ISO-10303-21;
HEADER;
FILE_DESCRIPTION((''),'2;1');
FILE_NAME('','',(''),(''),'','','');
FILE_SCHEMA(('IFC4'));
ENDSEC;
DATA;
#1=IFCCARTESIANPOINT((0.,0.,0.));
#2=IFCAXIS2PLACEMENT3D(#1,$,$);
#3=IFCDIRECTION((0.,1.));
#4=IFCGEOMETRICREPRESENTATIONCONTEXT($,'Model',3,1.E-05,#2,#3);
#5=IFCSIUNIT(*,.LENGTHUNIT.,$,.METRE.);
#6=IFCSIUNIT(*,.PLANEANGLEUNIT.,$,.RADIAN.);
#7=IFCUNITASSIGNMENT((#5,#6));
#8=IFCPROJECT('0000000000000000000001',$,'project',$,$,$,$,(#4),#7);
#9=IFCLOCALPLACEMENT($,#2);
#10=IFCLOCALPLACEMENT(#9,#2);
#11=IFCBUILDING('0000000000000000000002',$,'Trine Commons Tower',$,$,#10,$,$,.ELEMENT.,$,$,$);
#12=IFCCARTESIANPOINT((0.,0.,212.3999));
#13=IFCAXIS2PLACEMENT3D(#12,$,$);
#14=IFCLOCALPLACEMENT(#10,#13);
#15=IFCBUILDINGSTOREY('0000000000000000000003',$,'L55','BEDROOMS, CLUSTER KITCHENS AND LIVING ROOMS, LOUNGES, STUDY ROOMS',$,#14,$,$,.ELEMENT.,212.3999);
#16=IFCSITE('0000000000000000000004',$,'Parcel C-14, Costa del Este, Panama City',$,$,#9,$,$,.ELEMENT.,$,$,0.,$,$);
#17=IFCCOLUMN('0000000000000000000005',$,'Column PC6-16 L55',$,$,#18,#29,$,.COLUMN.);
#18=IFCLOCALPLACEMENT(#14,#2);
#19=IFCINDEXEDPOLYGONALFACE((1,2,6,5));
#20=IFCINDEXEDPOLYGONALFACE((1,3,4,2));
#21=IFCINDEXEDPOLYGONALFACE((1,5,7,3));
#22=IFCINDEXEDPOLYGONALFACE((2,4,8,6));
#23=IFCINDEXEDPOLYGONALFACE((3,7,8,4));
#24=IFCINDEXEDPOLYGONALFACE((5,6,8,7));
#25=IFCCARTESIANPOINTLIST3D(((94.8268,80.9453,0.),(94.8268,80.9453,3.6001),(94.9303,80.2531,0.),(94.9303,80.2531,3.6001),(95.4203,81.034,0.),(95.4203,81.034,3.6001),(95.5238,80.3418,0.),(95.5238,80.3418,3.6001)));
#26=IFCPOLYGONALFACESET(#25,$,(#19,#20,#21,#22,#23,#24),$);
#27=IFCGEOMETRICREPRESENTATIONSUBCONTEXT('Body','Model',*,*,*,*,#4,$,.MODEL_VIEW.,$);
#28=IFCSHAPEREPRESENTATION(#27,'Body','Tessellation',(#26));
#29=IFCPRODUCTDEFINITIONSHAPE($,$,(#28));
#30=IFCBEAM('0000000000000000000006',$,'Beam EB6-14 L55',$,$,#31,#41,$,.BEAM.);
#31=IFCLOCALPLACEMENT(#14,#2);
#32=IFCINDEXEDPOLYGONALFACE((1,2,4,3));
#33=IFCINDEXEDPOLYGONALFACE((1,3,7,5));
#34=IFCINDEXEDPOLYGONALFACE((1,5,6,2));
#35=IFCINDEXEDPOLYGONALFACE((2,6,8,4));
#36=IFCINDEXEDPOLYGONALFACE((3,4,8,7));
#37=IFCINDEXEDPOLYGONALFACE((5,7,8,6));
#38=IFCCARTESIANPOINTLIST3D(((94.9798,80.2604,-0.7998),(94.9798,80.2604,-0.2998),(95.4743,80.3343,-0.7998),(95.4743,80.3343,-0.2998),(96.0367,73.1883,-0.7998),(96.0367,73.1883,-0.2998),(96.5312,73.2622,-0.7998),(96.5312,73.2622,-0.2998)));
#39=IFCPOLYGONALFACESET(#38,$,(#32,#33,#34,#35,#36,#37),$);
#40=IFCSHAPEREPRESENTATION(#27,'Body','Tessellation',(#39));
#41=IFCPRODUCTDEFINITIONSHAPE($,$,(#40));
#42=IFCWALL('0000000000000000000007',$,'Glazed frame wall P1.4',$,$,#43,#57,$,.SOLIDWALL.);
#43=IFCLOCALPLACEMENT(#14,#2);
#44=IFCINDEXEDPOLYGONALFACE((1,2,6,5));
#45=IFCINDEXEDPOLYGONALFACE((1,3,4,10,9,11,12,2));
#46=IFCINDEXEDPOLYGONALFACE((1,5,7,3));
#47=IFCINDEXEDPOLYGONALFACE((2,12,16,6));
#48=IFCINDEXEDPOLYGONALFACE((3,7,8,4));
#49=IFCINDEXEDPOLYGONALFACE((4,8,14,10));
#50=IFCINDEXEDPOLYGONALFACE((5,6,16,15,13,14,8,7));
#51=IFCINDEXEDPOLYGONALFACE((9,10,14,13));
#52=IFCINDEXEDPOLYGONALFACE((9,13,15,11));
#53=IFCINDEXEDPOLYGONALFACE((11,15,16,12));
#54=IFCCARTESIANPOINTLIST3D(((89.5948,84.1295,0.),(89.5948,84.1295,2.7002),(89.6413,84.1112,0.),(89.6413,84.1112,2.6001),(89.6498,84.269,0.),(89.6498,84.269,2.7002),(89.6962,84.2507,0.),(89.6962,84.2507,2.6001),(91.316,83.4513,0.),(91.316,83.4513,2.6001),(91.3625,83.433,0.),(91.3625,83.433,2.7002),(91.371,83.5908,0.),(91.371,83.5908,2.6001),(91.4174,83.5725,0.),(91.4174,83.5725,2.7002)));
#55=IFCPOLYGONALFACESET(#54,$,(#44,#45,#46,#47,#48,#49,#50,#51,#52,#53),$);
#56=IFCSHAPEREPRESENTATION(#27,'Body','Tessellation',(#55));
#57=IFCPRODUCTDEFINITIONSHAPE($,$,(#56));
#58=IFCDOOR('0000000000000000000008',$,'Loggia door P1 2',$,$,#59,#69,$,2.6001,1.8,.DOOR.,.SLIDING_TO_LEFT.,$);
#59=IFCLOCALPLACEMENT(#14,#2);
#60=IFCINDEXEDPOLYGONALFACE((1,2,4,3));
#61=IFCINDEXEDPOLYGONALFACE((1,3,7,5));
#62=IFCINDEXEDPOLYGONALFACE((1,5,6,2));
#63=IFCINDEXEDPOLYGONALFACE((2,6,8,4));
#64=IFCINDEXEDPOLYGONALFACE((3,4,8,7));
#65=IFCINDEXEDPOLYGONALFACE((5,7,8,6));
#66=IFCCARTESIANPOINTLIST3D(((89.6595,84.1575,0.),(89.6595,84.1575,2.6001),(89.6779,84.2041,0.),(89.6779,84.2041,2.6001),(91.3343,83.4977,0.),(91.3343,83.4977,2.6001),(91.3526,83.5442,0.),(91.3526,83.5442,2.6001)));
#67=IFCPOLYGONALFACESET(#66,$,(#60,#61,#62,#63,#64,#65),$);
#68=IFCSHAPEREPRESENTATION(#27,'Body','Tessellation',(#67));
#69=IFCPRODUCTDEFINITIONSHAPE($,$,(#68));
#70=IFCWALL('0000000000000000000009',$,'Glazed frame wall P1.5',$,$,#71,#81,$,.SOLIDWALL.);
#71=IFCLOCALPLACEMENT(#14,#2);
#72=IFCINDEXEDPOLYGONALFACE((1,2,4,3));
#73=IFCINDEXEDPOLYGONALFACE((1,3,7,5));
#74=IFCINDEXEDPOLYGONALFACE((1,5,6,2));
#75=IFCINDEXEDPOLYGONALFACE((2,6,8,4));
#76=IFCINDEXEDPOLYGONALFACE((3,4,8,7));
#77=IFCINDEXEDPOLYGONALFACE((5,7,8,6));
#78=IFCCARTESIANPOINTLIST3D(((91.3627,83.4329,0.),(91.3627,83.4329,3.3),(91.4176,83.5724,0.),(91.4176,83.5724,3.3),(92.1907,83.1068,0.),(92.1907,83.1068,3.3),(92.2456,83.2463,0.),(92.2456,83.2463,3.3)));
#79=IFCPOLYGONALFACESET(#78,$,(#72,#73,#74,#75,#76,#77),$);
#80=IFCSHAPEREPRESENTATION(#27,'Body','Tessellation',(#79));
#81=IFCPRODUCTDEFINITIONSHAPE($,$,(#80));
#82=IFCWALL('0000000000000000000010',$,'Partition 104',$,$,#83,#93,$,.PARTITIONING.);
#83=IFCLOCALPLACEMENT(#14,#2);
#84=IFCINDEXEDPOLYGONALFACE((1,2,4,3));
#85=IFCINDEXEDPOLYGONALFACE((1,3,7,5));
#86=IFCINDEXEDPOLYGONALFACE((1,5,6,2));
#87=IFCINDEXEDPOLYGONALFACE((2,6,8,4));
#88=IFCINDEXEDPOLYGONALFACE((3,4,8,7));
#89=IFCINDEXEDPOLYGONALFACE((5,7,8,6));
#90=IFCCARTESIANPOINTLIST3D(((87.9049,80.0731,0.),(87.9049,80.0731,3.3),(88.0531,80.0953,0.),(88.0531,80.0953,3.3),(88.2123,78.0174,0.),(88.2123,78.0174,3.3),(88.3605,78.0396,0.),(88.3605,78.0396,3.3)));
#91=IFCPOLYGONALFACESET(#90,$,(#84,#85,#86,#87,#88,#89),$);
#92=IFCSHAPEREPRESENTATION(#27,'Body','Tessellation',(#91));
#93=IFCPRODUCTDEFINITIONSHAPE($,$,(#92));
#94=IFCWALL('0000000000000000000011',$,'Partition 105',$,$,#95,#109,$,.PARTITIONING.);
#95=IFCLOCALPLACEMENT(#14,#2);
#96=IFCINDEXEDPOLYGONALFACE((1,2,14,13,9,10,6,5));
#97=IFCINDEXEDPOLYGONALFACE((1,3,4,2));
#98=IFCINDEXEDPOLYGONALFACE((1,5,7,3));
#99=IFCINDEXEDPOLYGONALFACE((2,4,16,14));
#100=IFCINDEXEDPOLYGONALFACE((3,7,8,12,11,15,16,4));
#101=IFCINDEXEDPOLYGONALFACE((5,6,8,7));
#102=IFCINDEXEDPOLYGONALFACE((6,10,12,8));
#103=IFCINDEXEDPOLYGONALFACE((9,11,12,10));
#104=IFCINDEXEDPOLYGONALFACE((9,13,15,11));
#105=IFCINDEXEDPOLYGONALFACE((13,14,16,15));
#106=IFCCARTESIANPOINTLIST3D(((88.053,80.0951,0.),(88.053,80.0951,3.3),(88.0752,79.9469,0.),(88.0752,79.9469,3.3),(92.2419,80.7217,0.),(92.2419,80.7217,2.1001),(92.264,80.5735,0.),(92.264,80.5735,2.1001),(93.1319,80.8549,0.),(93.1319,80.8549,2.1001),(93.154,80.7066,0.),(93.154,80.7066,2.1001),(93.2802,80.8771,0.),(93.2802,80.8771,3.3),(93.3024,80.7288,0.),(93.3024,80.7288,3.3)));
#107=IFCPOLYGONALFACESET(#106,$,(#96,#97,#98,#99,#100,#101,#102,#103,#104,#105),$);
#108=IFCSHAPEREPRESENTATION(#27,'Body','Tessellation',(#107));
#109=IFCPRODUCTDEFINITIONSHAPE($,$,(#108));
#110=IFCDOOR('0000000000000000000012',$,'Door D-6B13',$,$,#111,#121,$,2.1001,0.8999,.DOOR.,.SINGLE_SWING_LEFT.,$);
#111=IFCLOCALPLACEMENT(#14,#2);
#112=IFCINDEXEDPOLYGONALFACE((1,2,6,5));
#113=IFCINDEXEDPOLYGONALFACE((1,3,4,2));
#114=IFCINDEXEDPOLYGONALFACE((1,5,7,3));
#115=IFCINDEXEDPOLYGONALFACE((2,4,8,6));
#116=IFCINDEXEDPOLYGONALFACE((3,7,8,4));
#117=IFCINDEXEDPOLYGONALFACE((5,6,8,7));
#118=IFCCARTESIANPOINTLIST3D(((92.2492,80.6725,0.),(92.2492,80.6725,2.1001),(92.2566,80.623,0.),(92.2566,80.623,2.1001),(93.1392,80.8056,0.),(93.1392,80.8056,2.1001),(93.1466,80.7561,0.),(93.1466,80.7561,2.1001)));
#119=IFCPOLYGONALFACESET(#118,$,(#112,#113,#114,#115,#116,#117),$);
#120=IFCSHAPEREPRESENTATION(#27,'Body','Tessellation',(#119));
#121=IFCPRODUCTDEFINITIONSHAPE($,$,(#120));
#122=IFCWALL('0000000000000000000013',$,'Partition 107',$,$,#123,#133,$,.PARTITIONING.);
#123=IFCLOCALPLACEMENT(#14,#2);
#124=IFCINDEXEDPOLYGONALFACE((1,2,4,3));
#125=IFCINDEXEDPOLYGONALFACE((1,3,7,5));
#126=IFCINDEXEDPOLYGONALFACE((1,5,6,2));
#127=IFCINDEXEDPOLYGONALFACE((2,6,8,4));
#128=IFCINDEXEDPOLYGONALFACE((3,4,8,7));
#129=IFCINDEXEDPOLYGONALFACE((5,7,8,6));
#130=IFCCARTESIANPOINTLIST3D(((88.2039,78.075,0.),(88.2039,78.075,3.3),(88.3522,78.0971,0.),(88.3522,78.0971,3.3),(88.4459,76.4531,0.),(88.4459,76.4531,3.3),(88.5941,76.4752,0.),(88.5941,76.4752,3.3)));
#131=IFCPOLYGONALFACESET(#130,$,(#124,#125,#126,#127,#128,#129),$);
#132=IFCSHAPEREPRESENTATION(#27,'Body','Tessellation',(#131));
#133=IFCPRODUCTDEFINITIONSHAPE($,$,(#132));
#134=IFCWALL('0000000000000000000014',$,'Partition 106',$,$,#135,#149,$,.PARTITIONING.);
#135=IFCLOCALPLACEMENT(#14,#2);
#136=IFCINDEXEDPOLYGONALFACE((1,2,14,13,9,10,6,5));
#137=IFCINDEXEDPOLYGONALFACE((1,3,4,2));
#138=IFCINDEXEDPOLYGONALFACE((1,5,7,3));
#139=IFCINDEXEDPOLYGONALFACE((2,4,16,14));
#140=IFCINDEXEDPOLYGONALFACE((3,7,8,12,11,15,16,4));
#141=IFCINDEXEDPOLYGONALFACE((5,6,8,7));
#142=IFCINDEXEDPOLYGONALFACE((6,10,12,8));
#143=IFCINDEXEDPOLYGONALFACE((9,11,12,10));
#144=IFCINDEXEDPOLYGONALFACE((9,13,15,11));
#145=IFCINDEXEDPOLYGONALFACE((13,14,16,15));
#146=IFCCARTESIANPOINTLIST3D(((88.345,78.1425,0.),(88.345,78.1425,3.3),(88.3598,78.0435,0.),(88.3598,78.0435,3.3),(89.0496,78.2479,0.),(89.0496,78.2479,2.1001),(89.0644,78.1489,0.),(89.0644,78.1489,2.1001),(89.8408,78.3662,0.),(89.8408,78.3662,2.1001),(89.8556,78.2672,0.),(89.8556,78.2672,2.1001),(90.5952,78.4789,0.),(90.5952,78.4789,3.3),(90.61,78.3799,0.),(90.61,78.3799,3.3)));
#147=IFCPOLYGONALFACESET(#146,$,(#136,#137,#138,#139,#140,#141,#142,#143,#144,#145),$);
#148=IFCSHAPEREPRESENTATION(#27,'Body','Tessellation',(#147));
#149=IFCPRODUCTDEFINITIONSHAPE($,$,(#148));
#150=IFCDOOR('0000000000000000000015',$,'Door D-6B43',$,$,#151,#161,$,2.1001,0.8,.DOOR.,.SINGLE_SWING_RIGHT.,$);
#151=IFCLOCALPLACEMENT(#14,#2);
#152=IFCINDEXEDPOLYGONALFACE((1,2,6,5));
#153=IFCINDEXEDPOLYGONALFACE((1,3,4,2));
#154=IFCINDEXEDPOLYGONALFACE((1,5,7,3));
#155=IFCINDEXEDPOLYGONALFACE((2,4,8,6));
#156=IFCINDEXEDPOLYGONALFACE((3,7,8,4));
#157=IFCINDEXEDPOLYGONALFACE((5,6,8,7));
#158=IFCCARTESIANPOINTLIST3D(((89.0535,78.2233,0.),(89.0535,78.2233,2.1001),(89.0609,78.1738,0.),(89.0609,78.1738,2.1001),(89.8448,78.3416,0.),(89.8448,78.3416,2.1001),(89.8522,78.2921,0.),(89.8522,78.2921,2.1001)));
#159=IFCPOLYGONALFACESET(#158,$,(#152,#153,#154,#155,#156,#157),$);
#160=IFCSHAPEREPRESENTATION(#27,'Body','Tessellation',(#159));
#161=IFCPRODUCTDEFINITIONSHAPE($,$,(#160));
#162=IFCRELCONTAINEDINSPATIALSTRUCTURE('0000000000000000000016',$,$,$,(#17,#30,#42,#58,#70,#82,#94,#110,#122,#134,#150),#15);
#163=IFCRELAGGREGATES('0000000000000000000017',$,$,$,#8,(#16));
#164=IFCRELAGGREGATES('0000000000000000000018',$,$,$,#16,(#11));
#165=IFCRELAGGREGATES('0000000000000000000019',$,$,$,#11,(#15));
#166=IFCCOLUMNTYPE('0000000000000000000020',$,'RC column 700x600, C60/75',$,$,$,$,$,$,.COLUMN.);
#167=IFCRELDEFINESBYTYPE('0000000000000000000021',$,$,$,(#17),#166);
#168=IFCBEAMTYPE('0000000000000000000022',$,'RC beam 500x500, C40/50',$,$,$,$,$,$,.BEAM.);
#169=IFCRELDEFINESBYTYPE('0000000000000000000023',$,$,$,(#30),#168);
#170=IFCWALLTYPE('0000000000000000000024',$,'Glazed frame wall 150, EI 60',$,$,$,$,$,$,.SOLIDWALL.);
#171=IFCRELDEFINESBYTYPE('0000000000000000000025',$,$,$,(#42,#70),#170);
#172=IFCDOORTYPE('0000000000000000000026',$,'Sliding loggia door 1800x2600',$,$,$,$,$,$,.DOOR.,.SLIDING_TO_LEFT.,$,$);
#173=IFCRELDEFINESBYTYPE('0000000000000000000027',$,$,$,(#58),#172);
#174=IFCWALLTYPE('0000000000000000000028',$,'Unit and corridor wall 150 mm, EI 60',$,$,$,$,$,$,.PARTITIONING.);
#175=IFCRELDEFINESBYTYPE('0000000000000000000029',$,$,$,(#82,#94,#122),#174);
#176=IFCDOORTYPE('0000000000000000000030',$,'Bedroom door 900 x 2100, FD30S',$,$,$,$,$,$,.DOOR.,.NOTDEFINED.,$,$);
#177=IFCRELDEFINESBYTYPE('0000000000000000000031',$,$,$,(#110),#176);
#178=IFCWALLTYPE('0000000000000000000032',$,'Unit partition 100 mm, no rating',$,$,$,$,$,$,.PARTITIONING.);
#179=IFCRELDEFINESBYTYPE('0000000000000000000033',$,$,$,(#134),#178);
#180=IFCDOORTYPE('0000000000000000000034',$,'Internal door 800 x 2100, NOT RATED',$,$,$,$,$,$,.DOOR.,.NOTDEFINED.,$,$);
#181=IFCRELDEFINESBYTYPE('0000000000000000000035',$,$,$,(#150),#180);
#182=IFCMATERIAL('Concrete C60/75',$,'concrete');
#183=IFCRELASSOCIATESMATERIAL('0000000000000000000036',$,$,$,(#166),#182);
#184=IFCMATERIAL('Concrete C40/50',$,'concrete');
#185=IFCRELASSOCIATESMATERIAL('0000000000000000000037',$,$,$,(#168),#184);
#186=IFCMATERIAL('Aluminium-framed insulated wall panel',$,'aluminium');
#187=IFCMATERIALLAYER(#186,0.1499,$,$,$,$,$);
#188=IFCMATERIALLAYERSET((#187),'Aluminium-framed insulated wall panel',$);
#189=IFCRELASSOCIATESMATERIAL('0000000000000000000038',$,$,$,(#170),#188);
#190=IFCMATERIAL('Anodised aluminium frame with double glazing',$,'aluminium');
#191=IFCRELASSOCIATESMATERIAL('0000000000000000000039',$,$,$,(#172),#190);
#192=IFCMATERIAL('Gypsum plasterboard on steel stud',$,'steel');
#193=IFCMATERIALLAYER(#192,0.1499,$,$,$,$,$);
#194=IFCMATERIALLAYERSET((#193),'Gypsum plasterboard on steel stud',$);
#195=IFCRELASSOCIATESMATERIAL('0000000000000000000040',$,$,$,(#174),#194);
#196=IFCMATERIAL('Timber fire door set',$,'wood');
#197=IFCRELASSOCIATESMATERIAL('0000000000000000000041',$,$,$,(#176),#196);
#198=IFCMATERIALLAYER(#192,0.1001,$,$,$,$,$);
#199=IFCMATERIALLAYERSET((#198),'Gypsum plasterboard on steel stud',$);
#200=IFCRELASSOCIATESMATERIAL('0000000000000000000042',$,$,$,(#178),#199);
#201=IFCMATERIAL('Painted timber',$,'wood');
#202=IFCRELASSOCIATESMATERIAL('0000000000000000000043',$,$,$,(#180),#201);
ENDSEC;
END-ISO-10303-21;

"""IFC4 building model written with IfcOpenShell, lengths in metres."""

from ifc_helpers import new_model, si_unit, direction, frame, frame_2d, origin, origin_2d, place, context, subcontext, project, spatial, polyline, rectangle, outline, extrude, material, layer, layer_set, material_profile, profile_set, type_object, element, fill, save


model = new_model("IFC4")

# Units and contexts
model_context = context("Model", 3, precision=1e-05, world=origin(), true_north=direction((0.0, 1.0)))
body_context = subcontext(model_context, "Body", "Model", "MODEL_VIEW")
ifc_project = project(units=[si_unit("LENGTHUNIT", "METRE"), si_unit("PLANEANGLEUNIT", "RADIAN")], contexts=[model_context])

# Site, building, storey
site_placement = place(None, origin())
site = spatial("IfcSite", under=ifc_project, at=site_placement, Name="Parcel C-14, Costa del Este, Panama City", CompositionType="ELEMENT", RefElevation=0.0)
building_placement = place(site_placement, origin())
building = spatial("IfcBuilding", under=site, at=building_placement, Name="Trine Commons Tower", CompositionType="ELEMENT")
storey_placement = place(building_placement, frame((0.0, 0.0, 212.3999)))
storey = spatial("IfcBuildingStorey", under=building, at=storey_placement, Name="L55", Description="BEDROOMS, CLUSTER KITCHENS AND LIVING ROOMS, LOUNGES, STUDY ROOMS", CompositionType="ELEMENT", Elevation=212.3999)

# Column
ifc_material_1 = material(Name="Concrete C60/75", Category="concrete")
ifc_material_profile_1 = material_profile(ifc_material_1, rectangle(XDim=0.7, YDim=0.6001, at=origin_2d()), Name="RC 700x600")
ifc_profile_set_1 = profile_set([ifc_material_profile_1], Name="Concrete C60/75")
column_type = type_object("IfcColumnType", Name="RC column 700x600, C60/75", PredefinedType="COLUMN", material=ifc_profile_set_1)
column_placement = place(storey_placement, frame((95.1753, 80.6436, 0.0), z_axis=(0.0, 0.0, 1.0), x_axis=(-0.147809, 0.989016, 0.0)))
element("IfcColumn", 1, at=column_placement, inside=storey, type_object=column_type, Name="Column PC6-16 L55", PredefinedType="COLUMN", context=body_context, shape_type="SweptSolid", body=[
    extrude(rectangle(XDim=0.7, YDim=0.6001, at=origin_2d()), origin(), (0.0, 0.0, 1.0), 3.6001),
])

# Beam
ifc_material_2 = material(Name="Concrete C40/50", Category="concrete")
ifc_material_profile_2 = material_profile(ifc_material_2, rectangle(XDim=0.5, YDim=0.5, at=origin_2d()), Name="RC 500x500")
ifc_profile_set_2 = profile_set([ifc_material_profile_2], Name="Concrete C40/50")
beam_type = type_object("IfcBeamType", Name="RC beam 500x500, C40/50", PredefinedType="BEAM", material=ifc_profile_set_2)
beam_placement = place(storey_placement, frame((95.2271, 80.2974, -0.5498), z_axis=(0.147804, -0.989017, 0.0), x_axis=(0.989017, 0.147804, 0.0)))
element("IfcBeam", 2, at=beam_placement, inside=storey, type_object=beam_type, Name="Beam EB6-14 L55", PredefinedType="BEAM", context=body_context, shape_type="SweptSolid", body=[
    extrude(rectangle(XDim=0.5, YDim=0.5, at=origin_2d()), origin(), (0.0, 0.0, 1.0), 7.1506),
])

# Wall, opening, door
ifc_material_3 = material(Name="Aluminium-framed insulated wall panel", Category="aluminium")
ifc_layer_1 = layer(ifc_material_3, 0.1499)
ifc_layer_set_1 = layer_set([ifc_layer_1], Name="Aluminium-framed insulated wall panel")
wall_type_1 = type_object("IfcWallType", Name="Glazed frame wall 150, EI 60", PredefinedType="SOLIDWALL", material=ifc_layer_set_1)
wall_1_placement = place(storey_placement, frame((89.6223, 84.1992, 0.0), z_axis=(0.0, 0.0, 1.0), x_axis=(0.930387, -0.366578, 0.0)))
wall_1 = element("IfcWall", 3, at=wall_1_placement, inside=storey, type_object=wall_type_1, Name="Glazed frame wall P1.4", PredefinedType="SOLIDWALL", context=body_context, shape_type="SweptSolid", body=[
    extrude(outline(polyline([(0.0, -0.075), (1.8999, -0.075), (1.8999, 0.075), (0.0, 0.075), (0.0, -0.075)])), origin(), (0.0, 0.0, 1.0), 2.7002),
])
opening_1_placement = place(wall_1_placement, frame((0.05, 0.0, 0.0)))
opening_1 = element("IfcOpeningElement", 4, at=opening_1_placement, cuts=wall_1, PredefinedType="OPENING", context=body_context, shape_type="SweptSolid", body=[
    extrude(rectangle(XDim=1.8, YDim=2.6001, at=frame_2d((0.8999, 1.3))), frame((0.0, 0.085, 0.0), z_axis=(0.0, -1.0, 0.0), x_axis=(1.0, 0.0, 0.0)), (0.0, 0.0, 1.0), 0.1699),
])
ifc_material_4 = material(Name="Anodised aluminium frame with double glazing", Category="aluminium")
door_type_1 = type_object("IfcDoorType", Name="Sliding loggia door 1800x2600", OperationType="SLIDING_TO_LEFT", PredefinedType="DOOR", material=ifc_material_4)
door_1_placement = place(opening_1_placement, origin())
door_1 = element("IfcDoor", 5, at=door_1_placement, inside=storey, type_object=door_type_1, Name="Loggia door P1 2", OperationType="SLIDING_TO_LEFT", OverallHeight=2.6001, OverallWidth=1.8, PredefinedType="DOOR", context=body_context, shape_type="SweptSolid", body=[
    extrude(rectangle(XDim=1.8, YDim=2.6001, at=frame_2d((0.8999, 1.3))), frame((0.0, 0.0249, 0.0), z_axis=(0.0, -1.0, 0.0), x_axis=(1.0, 0.0, 0.0)), (0.0, 0.0, 1.0), 0.05),
])
fill(opening_1, door_1)

# Wall
wall_2_placement = place(storey_placement, frame((91.3901, 83.5027, 0.0), z_axis=(0.0, 0.0, 1.0), x_axis=(0.930434, -0.36646, 0.0)))
element("IfcWall", 6, at=wall_2_placement, inside=storey, type_object=wall_type_1, Name="Glazed frame wall P1.5", PredefinedType="SOLIDWALL", context=body_context, shape_type="SweptSolid", body=[
    extrude(outline(polyline([(0.8899, 0.075), (0.0, 0.075), (0.0, -0.075), (0.8899, -0.075), (0.8899, 0.075)])), origin(), (0.0, 0.0, 1.0), 3.3),
])

# Wall
ifc_material_5 = material(Name="Gypsum plasterboard on steel stud", Category="steel")
ifc_layer_2 = layer(ifc_material_5, 0.1499)
ifc_layer_set_2 = layer_set([ifc_layer_2], Name="Gypsum plasterboard on steel stud")
wall_type_2 = type_object("IfcWallType", Name="Unit and corridor wall 150 mm, EI 60", PredefinedType="PARTITIONING", material=ifc_layer_set_2)
wall_3_placement = place(storey_placement, frame((87.979, 80.0842, 0.0), z_axis=(0.0, 0.0, 1.0), x_axis=(0.147881, -0.989005, 0.0)))
element("IfcWall", 7, at=wall_3_placement, inside=storey, type_object=wall_type_2, Name="Partition 104", PredefinedType="PARTITIONING", context=body_context, shape_type="SweptSolid", body=[
    extrude(rectangle(XDim=2.0786, YDim=0.1499, at=frame_2d((1.0393, 0.0))), origin(), (0.0, 0.0, 1.0), 3.3),
])

# Wall, opening, door
wall_4_placement = place(storey_placement, frame((88.0642, 80.021, 0.0), z_axis=(0.0, 0.0, 1.0), x_axis=(0.988995, 0.14795, 0.0)))
wall_4 = element("IfcWall", 8, at=wall_4_placement, inside=storey, type_object=wall_type_2, Name="Partition 105", PredefinedType="PARTITIONING", context=body_context, shape_type="SweptSolid", body=[
    extrude(rectangle(XDim=5.2854, YDim=0.1499, at=frame_2d((2.6426, 0.0))), origin(), (0.0, 0.0, 1.0), 3.3),
])
opening_2_placement = place(wall_4_placement, frame((4.2354, 0.0, 0.0)))
opening_2 = element("IfcOpeningElement", 9, at=opening_2_placement, cuts=wall_4, PredefinedType="OPENING", context=body_context, shape_type="SweptSolid", body=[
    extrude(rectangle(XDim=0.8999, YDim=2.1001, at=frame_2d((0.45, 1.05))), frame((0.0, 0.085, 0.0), z_axis=(0.0, -1.0, 0.0), x_axis=(1.0, 0.0, 0.0)), (0.0, 0.0, 1.0), 0.1699),
])
ifc_material_6 = material(Name="Timber fire door set", Category="wood")
door_type_2 = type_object("IfcDoorType", Name="Bedroom door 900 x 2100, FD30S", OperationType="NOTDEFINED", PredefinedType="DOOR", material=ifc_material_6)
door_2_placement = place(opening_2_placement, frame((0.8999, 0.0, 0.0), z_axis=(0.0, 0.0, 1.0), x_axis=(-1.0, 0.0, 0.0)))
door_2 = element("IfcDoor", 10, at=door_2_placement, inside=storey, type_object=door_type_2, Name="Door D-6B13", OperationType="SINGLE_SWING_LEFT", OverallHeight=2.1001, OverallWidth=0.8999, PredefinedType="DOOR", context=body_context, shape_type="SweptSolid", body=[
    extrude(rectangle(XDim=0.8999, YDim=2.1001, at=frame_2d((0.45, 1.05))), frame((0.0, 0.0249, 0.0), z_axis=(0.0, -1.0, 0.0), x_axis=(1.0, 0.0, 0.0)), (0.0, 0.0, 1.0), 0.05),
])
fill(opening_2, door_2)

# Wall
wall_5_placement = place(storey_placement, frame((88.2781, 78.0859, 0.0), z_axis=(0.0, 0.0, 1.0), x_axis=(0.147547, -0.989055, 0.0)))
element("IfcWall", 11, at=wall_5_placement, inside=storey, type_object=wall_type_2, Name="Partition 107", PredefinedType="PARTITIONING", context=body_context, shape_type="SweptSolid", body=[
    extrude(rectangle(XDim=1.6399, YDim=0.1499, at=frame_2d((0.8198, 0.0))), origin(), (0.0, 0.0, 1.0), 3.3),
])

# Wall, opening, door
ifc_layer_3 = layer(ifc_material_5, 0.1001)
ifc_layer_set_3 = layer_set([ifc_layer_3], Name="Gypsum plasterboard on steel stud")
wall_type_3 = type_object("IfcWallType", Name="Unit partition 100 mm, no rating", PredefinedType="PARTITIONING", material=ifc_layer_set_3)
wall_6_placement = place(storey_placement, frame((88.3523, 78.093, 0.0), z_axis=(0.0, 0.0, 1.0), x_axis=(0.989008, 0.147863, 0.0)))
wall_6 = element("IfcWall", 12, at=wall_6_placement, inside=storey, type_object=wall_type_3, Name="Partition 106", PredefinedType="PARTITIONING", context=body_context, shape_type="SweptSolid", body=[
    extrude(rectangle(XDim=2.2751, YDim=0.1001, at=frame_2d((1.1377, 0.0))), origin(), (0.0, 0.0, 1.0), 3.3),
])
opening_3_placement = place(wall_6_placement, frame((0.7126, 0.0, 0.0)))
opening_3 = element("IfcOpeningElement", 13, at=opening_3_placement, cuts=wall_6, PredefinedType="OPENING", context=body_context, shape_type="SweptSolid", body=[
    extrude(rectangle(XDim=0.8, YDim=2.1001, at=frame_2d((0.3999, 1.05))), frame((0.0, 0.0601, 0.0), z_axis=(0.0, -1.0, 0.0), x_axis=(1.0, 0.0, 0.0)), (0.0, 0.0, 1.0), 0.1201),
])
ifc_material_7 = material(Name="Painted timber", Category="wood")
door_type_3 = type_object("IfcDoorType", Name="Internal door 800 x 2100, NOT RATED", OperationType="NOTDEFINED", PredefinedType="DOOR", material=ifc_material_7)
door_3_placement = place(opening_3_placement, frame((0.8, 0.0, 0.0), z_axis=(0.0, 0.0, 1.0), x_axis=(-1.0, 0.0, 0.0)))
door_3 = element("IfcDoor", 14, at=door_3_placement, inside=storey, type_object=door_type_3, Name="Door D-6B43", OperationType="SINGLE_SWING_RIGHT", OverallHeight=2.1001, OverallWidth=0.8, PredefinedType="DOOR", context=body_context, shape_type="SweptSolid", body=[
    extrude(rectangle(XDim=0.8, YDim=2.1001, at=frame_2d((0.3999, 1.05))), frame((0.0, 0.0249, 0.0), z_axis=(0.0, -1.0, 0.0), x_axis=(1.0, 0.0, 0.0)), (0.0, 0.0, 1.0), 0.05),
])
fill(opening_3, door_3)

save(model, "model.ifc")
